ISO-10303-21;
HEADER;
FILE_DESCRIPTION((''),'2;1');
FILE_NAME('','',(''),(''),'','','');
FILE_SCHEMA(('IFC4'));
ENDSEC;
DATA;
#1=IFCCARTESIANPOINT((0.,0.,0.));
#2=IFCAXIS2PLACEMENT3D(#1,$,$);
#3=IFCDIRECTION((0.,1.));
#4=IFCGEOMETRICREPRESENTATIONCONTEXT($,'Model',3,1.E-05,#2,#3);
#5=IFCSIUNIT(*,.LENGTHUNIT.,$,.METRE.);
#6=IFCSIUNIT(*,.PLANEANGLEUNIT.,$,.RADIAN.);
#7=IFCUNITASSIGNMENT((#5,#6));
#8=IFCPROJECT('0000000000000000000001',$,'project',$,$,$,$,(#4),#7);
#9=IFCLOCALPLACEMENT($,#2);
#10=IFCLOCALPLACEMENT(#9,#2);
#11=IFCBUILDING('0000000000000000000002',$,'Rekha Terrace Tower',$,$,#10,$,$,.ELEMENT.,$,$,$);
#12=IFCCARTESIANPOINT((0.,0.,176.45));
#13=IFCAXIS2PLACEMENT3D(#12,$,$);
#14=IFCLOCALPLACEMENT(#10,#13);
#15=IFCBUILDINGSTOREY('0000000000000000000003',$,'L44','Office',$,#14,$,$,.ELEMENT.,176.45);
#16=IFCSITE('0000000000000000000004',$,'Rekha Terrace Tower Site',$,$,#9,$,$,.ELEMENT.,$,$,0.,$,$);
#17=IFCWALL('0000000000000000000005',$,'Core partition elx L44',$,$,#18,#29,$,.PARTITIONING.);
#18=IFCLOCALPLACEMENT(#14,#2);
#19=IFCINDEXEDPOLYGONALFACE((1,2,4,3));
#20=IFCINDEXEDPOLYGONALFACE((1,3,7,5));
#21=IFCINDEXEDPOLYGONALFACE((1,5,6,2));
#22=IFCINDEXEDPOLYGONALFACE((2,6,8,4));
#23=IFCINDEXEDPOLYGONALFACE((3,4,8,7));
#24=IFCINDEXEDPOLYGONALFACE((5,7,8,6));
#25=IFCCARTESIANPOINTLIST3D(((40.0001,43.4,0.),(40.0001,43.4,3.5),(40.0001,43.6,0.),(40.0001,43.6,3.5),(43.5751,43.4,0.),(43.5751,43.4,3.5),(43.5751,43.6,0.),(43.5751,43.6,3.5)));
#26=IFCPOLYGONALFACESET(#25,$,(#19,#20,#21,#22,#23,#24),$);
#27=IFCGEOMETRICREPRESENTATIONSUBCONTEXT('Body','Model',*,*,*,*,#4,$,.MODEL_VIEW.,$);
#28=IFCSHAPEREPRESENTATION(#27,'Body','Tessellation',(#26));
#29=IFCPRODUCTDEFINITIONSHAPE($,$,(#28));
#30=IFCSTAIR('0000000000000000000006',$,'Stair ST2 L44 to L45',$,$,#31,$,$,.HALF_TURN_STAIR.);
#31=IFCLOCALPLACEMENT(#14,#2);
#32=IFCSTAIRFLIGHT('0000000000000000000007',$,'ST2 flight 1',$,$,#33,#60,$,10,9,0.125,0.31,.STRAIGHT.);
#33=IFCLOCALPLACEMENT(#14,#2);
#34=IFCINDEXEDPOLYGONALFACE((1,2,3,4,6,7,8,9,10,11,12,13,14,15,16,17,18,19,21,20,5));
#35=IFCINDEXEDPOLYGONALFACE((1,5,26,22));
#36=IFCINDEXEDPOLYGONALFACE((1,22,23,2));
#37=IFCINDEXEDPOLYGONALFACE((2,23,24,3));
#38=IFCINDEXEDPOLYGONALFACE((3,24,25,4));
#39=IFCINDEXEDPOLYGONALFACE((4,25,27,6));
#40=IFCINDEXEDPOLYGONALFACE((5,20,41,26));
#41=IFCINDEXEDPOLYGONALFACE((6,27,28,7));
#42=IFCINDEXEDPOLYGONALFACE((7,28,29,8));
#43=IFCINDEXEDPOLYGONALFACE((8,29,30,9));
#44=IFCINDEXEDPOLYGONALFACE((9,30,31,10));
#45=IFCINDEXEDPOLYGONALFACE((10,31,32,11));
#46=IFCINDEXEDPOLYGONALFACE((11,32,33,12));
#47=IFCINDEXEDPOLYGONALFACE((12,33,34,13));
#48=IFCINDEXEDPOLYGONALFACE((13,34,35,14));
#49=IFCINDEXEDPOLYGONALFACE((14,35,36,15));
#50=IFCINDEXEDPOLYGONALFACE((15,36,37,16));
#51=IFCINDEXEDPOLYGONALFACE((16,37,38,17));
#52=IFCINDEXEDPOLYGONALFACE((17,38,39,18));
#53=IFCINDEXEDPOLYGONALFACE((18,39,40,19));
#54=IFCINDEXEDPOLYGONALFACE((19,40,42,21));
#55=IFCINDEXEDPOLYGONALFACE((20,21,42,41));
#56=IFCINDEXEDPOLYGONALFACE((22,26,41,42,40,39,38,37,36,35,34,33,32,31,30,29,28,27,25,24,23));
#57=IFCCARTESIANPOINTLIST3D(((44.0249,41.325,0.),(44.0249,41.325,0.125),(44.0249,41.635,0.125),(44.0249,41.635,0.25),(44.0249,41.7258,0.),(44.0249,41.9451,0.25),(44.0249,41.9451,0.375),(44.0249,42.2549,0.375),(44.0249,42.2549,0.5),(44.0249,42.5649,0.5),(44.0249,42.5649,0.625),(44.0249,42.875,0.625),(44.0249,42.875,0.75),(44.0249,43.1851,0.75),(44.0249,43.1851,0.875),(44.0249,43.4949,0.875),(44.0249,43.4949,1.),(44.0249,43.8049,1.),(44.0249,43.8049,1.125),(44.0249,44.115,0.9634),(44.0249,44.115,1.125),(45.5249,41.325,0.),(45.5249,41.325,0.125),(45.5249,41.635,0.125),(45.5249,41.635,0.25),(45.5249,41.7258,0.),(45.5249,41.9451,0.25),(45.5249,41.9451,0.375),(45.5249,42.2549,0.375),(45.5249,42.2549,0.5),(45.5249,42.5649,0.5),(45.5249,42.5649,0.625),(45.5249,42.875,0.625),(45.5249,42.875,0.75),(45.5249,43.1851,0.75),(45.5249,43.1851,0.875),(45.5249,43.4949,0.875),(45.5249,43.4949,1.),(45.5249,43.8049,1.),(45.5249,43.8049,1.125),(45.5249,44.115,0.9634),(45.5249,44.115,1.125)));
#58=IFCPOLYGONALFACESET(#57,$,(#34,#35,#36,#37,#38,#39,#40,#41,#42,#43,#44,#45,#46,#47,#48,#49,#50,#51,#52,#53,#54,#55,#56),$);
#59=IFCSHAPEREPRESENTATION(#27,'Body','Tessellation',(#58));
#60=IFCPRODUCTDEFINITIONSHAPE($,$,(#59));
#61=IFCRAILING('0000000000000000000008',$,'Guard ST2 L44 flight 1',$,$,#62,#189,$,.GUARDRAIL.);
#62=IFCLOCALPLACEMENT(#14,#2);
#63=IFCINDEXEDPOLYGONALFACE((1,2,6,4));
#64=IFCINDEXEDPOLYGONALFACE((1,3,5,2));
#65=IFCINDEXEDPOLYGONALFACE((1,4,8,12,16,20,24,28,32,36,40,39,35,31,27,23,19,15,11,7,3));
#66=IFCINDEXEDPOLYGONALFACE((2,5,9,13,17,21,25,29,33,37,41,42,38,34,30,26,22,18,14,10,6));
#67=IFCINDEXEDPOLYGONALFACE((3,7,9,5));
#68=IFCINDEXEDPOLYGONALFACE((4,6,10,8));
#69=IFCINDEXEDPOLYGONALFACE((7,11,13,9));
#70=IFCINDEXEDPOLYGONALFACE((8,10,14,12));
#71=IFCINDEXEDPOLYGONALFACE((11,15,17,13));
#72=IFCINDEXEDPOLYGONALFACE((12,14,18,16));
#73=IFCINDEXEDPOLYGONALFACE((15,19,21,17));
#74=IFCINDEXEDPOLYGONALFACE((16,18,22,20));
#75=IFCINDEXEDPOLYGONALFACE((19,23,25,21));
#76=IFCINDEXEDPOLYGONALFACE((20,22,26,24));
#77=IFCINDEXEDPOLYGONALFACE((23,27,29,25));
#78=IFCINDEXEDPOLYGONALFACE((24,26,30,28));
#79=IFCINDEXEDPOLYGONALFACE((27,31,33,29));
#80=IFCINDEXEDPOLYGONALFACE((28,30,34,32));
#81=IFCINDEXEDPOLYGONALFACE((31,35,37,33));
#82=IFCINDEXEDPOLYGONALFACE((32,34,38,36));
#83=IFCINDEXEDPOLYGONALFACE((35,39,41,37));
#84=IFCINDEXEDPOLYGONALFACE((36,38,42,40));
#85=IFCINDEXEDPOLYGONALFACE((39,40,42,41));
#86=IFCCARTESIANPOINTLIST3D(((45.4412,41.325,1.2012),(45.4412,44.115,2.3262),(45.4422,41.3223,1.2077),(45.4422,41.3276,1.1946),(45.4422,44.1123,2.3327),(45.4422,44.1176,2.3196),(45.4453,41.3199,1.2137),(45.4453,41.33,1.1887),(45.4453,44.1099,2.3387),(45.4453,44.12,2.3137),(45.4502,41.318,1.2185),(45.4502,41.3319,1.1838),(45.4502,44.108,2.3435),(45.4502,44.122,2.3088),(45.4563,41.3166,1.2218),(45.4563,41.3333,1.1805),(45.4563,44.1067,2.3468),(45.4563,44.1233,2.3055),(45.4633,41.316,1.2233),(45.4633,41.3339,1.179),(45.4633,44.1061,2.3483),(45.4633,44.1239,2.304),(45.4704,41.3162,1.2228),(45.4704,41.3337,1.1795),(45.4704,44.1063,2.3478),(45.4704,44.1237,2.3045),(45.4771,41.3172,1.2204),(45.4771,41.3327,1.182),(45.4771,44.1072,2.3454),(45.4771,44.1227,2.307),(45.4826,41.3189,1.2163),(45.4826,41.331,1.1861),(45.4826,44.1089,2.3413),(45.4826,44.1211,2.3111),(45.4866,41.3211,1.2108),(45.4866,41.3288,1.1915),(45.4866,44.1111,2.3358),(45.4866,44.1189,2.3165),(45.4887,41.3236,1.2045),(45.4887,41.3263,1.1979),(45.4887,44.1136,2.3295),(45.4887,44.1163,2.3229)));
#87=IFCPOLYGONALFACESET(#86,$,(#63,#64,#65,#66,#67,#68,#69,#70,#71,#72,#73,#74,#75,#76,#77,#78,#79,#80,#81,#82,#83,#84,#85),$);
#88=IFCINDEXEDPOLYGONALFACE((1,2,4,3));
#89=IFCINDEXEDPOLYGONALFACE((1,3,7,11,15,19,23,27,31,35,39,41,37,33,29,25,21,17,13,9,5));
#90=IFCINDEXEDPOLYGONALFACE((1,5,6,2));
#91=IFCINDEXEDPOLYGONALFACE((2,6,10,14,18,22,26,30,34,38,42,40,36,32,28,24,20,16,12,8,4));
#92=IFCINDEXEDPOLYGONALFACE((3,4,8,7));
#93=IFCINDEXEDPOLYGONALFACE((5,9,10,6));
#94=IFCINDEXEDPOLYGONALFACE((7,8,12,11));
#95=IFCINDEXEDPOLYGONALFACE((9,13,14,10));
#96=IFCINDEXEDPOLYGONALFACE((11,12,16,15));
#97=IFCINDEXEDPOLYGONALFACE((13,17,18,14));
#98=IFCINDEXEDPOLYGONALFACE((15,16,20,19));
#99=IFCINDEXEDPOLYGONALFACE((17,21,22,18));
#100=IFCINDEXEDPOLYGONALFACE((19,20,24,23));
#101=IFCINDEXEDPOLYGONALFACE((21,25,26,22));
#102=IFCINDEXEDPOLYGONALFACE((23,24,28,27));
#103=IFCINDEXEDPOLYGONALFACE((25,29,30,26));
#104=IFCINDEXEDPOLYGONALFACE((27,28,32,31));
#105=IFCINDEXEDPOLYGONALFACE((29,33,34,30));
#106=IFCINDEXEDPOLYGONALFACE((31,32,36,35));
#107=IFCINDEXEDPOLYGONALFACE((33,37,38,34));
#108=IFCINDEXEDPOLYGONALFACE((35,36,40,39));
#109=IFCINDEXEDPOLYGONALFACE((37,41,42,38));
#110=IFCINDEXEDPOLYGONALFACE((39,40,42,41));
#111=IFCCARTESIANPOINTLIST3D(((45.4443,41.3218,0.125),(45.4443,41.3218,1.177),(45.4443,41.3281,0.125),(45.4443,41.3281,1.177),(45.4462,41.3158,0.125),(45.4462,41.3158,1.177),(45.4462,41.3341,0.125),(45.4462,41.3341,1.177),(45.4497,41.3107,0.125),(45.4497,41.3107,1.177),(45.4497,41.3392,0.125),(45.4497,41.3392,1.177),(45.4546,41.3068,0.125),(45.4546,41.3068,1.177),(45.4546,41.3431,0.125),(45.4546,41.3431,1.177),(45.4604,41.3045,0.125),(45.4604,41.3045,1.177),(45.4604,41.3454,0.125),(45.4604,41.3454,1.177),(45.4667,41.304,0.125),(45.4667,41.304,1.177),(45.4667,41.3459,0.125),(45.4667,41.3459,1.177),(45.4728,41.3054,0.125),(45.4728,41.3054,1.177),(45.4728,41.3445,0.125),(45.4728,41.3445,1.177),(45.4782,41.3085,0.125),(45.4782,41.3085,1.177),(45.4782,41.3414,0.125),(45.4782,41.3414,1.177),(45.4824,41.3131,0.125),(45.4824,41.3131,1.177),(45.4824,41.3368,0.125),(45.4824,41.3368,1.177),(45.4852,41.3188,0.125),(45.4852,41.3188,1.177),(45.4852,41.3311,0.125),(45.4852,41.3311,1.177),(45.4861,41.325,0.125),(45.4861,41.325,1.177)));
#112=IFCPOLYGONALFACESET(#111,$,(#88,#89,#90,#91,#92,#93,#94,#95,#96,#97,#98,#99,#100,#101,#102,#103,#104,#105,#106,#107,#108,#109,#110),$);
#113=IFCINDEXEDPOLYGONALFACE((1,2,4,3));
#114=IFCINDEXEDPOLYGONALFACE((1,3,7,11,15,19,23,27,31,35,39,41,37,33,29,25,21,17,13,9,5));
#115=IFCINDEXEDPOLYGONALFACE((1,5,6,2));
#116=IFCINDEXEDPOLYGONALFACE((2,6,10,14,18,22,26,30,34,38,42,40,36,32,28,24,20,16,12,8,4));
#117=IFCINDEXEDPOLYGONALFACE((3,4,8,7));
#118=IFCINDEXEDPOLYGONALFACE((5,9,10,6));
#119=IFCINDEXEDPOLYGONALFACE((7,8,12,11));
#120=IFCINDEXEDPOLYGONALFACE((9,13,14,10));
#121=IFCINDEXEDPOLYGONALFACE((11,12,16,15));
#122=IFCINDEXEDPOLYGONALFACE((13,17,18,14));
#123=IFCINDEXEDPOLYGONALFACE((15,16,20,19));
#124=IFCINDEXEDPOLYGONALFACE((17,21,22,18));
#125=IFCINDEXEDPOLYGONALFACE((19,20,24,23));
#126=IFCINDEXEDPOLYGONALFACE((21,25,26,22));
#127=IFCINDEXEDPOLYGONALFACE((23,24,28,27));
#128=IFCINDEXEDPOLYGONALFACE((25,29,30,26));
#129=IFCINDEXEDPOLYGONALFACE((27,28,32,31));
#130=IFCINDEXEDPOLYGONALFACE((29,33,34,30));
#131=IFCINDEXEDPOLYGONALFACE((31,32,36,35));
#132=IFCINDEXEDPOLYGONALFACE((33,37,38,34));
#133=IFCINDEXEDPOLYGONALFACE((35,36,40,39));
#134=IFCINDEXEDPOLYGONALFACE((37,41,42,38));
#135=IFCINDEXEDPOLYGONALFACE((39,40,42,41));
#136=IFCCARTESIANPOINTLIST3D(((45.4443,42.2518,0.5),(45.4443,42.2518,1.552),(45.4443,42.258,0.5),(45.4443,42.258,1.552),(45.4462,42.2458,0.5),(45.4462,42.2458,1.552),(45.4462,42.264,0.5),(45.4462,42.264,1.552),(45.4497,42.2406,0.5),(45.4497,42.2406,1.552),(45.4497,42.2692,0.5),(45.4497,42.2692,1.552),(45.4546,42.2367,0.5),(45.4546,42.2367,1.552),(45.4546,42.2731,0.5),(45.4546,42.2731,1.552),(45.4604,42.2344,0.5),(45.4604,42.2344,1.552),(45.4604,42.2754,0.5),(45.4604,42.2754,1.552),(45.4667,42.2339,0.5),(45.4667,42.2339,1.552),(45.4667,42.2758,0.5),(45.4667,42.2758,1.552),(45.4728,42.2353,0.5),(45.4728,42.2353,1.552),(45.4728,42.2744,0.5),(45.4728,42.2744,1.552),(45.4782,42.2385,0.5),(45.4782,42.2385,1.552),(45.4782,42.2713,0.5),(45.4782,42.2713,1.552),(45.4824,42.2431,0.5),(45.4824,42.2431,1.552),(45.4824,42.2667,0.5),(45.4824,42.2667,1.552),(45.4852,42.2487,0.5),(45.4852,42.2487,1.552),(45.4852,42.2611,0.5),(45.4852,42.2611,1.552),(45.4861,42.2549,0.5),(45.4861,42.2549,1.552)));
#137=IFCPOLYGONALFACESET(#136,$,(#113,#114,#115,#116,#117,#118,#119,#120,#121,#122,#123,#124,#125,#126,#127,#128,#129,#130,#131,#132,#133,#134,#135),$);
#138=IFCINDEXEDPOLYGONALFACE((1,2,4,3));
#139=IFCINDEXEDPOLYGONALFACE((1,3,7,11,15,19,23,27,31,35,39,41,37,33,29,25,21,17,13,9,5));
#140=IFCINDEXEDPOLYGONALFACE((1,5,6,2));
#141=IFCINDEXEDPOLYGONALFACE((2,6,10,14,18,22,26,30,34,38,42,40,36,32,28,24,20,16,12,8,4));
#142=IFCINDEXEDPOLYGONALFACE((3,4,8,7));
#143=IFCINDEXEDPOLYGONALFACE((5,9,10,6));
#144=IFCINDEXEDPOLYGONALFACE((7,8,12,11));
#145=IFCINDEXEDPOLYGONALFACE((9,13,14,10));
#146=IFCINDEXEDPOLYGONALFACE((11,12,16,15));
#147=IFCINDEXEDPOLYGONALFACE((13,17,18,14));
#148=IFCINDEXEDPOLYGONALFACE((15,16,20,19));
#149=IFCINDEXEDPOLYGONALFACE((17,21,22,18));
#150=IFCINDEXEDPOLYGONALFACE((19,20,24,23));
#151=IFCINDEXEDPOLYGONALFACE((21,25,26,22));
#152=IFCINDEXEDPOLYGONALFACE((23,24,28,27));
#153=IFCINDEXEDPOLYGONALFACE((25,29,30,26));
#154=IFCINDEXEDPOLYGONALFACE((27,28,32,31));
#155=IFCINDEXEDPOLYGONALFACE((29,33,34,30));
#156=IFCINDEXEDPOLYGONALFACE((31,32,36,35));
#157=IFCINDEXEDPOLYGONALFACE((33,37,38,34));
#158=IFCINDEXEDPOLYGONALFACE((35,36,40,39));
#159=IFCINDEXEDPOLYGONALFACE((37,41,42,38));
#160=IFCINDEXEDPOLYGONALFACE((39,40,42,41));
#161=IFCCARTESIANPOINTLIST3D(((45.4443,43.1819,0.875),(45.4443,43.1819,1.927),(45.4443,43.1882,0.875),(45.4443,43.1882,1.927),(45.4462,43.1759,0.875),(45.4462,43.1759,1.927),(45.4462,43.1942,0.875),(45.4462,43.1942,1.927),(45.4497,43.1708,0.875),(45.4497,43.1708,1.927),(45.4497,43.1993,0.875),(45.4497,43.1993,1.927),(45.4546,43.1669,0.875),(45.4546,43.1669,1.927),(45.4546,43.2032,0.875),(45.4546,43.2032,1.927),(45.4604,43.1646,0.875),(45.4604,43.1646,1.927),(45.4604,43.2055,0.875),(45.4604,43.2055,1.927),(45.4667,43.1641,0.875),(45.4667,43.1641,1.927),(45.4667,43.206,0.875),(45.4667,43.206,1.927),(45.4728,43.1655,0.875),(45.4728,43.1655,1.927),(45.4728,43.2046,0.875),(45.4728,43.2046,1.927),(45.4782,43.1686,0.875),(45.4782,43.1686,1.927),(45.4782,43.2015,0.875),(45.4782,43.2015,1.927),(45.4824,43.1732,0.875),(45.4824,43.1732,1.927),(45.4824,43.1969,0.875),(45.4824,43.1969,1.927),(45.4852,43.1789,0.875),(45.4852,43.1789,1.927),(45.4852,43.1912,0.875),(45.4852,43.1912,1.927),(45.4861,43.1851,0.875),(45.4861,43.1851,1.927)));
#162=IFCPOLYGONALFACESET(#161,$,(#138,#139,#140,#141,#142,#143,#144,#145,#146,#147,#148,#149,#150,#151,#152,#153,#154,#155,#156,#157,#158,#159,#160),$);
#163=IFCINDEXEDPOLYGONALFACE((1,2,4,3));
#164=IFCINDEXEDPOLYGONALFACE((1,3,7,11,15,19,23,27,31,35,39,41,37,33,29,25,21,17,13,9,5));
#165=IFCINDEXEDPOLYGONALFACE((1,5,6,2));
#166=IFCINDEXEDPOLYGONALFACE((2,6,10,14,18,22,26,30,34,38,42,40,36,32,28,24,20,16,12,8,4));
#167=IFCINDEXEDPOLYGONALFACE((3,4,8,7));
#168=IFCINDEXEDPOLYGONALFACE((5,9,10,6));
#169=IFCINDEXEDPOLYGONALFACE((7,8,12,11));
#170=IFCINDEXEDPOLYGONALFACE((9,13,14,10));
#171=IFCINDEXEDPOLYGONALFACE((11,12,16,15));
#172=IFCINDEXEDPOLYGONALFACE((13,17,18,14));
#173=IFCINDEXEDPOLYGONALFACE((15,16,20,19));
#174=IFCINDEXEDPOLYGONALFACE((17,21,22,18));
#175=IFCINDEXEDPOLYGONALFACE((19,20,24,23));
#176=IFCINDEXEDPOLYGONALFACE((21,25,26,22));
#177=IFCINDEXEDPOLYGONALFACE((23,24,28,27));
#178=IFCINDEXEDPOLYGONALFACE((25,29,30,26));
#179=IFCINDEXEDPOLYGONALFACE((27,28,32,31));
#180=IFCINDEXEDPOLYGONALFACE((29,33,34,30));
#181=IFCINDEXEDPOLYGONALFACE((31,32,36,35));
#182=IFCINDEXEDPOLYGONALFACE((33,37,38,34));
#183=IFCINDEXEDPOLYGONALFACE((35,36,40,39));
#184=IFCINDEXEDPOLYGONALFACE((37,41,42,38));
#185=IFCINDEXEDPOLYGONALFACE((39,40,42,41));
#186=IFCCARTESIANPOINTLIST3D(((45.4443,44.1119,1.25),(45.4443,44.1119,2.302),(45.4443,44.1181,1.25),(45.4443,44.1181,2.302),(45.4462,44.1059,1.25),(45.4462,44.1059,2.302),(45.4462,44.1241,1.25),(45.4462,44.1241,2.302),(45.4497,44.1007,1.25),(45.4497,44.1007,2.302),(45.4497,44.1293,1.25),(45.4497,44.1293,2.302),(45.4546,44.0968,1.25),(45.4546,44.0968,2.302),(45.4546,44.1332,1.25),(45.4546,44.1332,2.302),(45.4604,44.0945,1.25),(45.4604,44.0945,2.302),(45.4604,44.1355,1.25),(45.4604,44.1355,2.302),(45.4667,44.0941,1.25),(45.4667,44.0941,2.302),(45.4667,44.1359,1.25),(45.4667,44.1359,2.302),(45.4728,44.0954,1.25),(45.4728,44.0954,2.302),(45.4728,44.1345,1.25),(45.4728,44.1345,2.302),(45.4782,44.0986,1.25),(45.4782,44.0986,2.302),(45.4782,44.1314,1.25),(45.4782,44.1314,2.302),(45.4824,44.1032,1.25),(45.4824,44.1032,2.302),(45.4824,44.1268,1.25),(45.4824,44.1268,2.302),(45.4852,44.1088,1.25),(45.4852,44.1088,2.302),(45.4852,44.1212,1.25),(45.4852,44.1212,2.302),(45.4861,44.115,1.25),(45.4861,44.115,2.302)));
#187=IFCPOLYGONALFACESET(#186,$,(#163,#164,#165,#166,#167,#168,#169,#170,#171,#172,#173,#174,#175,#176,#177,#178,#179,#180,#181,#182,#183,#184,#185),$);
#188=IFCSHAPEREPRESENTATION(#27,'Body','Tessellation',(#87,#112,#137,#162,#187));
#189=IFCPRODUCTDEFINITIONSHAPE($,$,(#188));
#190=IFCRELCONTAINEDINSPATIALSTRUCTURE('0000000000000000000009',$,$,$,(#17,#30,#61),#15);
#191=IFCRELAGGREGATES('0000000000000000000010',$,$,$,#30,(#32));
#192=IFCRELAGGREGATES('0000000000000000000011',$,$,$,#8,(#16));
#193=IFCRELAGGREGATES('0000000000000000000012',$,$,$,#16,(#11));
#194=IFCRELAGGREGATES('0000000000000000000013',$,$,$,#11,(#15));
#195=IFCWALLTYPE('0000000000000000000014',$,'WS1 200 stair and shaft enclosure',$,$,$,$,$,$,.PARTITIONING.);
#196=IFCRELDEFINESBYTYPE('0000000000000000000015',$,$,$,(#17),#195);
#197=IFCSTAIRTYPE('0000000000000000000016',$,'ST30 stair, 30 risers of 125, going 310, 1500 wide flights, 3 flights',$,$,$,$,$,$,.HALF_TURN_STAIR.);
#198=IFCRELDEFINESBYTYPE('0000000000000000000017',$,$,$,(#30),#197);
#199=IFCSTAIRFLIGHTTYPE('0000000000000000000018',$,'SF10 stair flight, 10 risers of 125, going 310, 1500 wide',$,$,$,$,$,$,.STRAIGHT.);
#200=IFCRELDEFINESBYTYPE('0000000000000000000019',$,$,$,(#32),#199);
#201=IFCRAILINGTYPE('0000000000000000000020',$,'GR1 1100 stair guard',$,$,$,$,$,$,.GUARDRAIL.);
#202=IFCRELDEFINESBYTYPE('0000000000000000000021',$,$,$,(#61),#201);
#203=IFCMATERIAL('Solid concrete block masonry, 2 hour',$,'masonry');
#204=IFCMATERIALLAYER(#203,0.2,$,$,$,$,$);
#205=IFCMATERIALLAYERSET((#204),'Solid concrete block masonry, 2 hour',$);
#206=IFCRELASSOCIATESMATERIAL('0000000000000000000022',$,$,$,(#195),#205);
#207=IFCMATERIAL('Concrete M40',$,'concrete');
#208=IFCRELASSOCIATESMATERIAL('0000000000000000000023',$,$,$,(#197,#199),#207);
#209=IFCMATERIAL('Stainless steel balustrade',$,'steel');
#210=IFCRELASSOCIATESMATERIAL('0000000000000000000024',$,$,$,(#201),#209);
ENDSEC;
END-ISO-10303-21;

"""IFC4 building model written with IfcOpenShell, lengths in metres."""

from ifc_helpers import new_model, si_unit, direction, frame, frame_2d, origin, origin_2d, place, context, subcontext, project, spatial, polyline, rectangle, circle, outline, extrude, material, layer, layer_set, type_object, element, aggregate, save


model = new_model("IFC4")

# Units and contexts
model_context = context("Model", 3, precision=1e-05, world=origin(), true_north=direction((0.0, 1.0)))
body_context = subcontext(model_context, "Body", "Model", "MODEL_VIEW")
ifc_project = project(units=[si_unit("LENGTHUNIT", "METRE"), si_unit("PLANEANGLEUNIT", "RADIAN")], contexts=[model_context])

# Site, building, storey
site_placement = place(None, origin())
site = spatial("IfcSite", under=ifc_project, at=site_placement, Name="Rekha Terrace Tower Site", CompositionType="ELEMENT", RefElevation=0.0)
building_placement = place(site_placement, origin())
building = spatial("IfcBuilding", under=site, at=building_placement, Name="Rekha Terrace Tower", CompositionType="ELEMENT")
storey_placement = place(building_placement, frame((0.0, 0.0, 176.45)))
storey = spatial("IfcBuildingStorey", under=building, at=storey_placement, Name="L44", Description="Office", CompositionType="ELEMENT", Elevation=176.45)

# Shared definitions
ifc_material_1 = material(Name="Solid concrete block masonry, 2 hour", Category="masonry")
ifc_layer_1 = layer(ifc_material_1, 0.2)
ifc_layer_set_1 = layer_set([ifc_layer_1], Name="Solid concrete block masonry, 2 hour")
wall_type_1 = type_object("IfcWallType", Name="WS1 200 stair and shaft enclosure", PredefinedType="PARTITIONING", material=ifc_layer_set_1)

# Wall
wall_1_placement = place(storey_placement, frame((40.0, 43.5, 0.0), z_axis=(0.0, 0.0, 1.0), x_axis=(1.0, 0.0, 0.0)))
element("IfcWall", 1, at=wall_1_placement, inside=storey, type_object=wall_type_1, Name="Core partition elx L44", PredefinedType="PARTITIONING", context=body_context, shape_type="SweptSolid", body=[
    extrude(rectangle(XDim=3.575, YDim=0.2, at=frame_2d((1.7876, 0.0))), origin(), (0.0, 0.0, 1.0), 3.5),
])

# Stair, stair flight
ifc_material_2 = material(Name="Concrete M40", Category="concrete")
stair_type = type_object("IfcStairType", Name="ST30 stair, 30 risers of 125, going 310, 1500 wide flights, 3 flights", PredefinedType="HALF_TURN_STAIR", material=ifc_material_2)
stair_placement = place(storey_placement, origin())
stair = element("IfcStair", 2, at=stair_placement, inside=storey, type_object=stair_type, Name="Stair ST2 L44 to L45", PredefinedType="HALF_TURN_STAIR")
stair_flight_type = type_object("IfcStairFlightType", Name="SF10 stair flight, 10 risers of 125, going 310, 1500 wide", PredefinedType="STRAIGHT", material=ifc_material_2)
stair_flight_placement = place(storey_placement, frame((44.7749, 41.325, 0.0), z_axis=(0.0, 0.0, 1.0), x_axis=(0.0, 1.0, 0.0)))
stair_flight = element("IfcStairFlight", 3, at=stair_flight_placement, type_object=stair_flight_type, Name="ST2 flight 1", NumberOfRisers=10, NumberOfTreads=9, PredefinedType="STRAIGHT", RiserHeight=0.125, TreadLength=0.31, context=body_context, shape_type="SweptSolid", body=[
    extrude(outline(polyline([(0.0, 0.0), (0.0, 0.125), (0.3101, 0.125), (0.3101, 0.25), (0.6201, 0.25), (0.6201, 0.375), (0.9299, 0.375), (0.9299, 0.5), (1.24, 0.5), (1.24, 0.625), (1.55, 0.625), (1.55, 0.75), (1.8601, 0.75), (1.8601, 0.875), (2.1699, 0.875), (2.1699, 1.0), (2.48, 1.0), (2.48, 1.125), (2.79, 1.125), (2.79, 1.25), (2.79, 0.9634), (0.4009, 0.0), (0.0, 0.0)])), frame((0.0, 0.75, 0.0), z_axis=(0.0, -1.0, 0.0), x_axis=(1.0, 0.0, 0.0)), (0.0, 0.0, 1.0), 1.5),
])
aggregate(stair, [stair_flight])

# Railing
ifc_material_3 = material(Name="Stainless steel balustrade", Category="steel")
railing_type_1 = type_object("IfcRailingType", Name="GR1 1100 stair guard", PredefinedType="GUARDRAIL", material=ifc_material_3)
railing_1_placement = place(storey_placement, frame((45.4651, 41.325, 0.125)))
element("IfcRailing", 4, at=railing_1_placement, inside=storey, type_object=railing_type_1, Name="Guard ST2 L44 flight 1", PredefinedType="GUARDRAIL", context=body_context, shape_type="SweptSolid", body=[
    extrude(circle(Radius=0.0239, at=origin_2d()), frame((0.0, 0.0, 1.0762), z_axis=(0.0, 0.927443, 0.373964), x_axis=(-1.0, 0.0, 0.0)), (0.0, 0.0, 1.0), 3.0083),
    extrude(circle(Radius=0.021, at=origin_2d()), origin(), (0.0, 0.0, 1.0), 1.052),
    extrude(circle(Radius=0.021, at=origin_2d()), frame((0.0, 0.9299, 0.375)), (0.0, 0.0, 1.0), 1.052),
    extrude(circle(Radius=0.021, at=origin_2d()), frame((0.0, 1.8601, 0.75)), (0.0, 0.0, 1.0), 1.052),
    extrude(circle(Radius=0.021, at=origin_2d()), frame((0.0, 2.79, 1.125)), (0.0, 0.0, 1.0), 1.052),
])

save(model, "model.ifc")
